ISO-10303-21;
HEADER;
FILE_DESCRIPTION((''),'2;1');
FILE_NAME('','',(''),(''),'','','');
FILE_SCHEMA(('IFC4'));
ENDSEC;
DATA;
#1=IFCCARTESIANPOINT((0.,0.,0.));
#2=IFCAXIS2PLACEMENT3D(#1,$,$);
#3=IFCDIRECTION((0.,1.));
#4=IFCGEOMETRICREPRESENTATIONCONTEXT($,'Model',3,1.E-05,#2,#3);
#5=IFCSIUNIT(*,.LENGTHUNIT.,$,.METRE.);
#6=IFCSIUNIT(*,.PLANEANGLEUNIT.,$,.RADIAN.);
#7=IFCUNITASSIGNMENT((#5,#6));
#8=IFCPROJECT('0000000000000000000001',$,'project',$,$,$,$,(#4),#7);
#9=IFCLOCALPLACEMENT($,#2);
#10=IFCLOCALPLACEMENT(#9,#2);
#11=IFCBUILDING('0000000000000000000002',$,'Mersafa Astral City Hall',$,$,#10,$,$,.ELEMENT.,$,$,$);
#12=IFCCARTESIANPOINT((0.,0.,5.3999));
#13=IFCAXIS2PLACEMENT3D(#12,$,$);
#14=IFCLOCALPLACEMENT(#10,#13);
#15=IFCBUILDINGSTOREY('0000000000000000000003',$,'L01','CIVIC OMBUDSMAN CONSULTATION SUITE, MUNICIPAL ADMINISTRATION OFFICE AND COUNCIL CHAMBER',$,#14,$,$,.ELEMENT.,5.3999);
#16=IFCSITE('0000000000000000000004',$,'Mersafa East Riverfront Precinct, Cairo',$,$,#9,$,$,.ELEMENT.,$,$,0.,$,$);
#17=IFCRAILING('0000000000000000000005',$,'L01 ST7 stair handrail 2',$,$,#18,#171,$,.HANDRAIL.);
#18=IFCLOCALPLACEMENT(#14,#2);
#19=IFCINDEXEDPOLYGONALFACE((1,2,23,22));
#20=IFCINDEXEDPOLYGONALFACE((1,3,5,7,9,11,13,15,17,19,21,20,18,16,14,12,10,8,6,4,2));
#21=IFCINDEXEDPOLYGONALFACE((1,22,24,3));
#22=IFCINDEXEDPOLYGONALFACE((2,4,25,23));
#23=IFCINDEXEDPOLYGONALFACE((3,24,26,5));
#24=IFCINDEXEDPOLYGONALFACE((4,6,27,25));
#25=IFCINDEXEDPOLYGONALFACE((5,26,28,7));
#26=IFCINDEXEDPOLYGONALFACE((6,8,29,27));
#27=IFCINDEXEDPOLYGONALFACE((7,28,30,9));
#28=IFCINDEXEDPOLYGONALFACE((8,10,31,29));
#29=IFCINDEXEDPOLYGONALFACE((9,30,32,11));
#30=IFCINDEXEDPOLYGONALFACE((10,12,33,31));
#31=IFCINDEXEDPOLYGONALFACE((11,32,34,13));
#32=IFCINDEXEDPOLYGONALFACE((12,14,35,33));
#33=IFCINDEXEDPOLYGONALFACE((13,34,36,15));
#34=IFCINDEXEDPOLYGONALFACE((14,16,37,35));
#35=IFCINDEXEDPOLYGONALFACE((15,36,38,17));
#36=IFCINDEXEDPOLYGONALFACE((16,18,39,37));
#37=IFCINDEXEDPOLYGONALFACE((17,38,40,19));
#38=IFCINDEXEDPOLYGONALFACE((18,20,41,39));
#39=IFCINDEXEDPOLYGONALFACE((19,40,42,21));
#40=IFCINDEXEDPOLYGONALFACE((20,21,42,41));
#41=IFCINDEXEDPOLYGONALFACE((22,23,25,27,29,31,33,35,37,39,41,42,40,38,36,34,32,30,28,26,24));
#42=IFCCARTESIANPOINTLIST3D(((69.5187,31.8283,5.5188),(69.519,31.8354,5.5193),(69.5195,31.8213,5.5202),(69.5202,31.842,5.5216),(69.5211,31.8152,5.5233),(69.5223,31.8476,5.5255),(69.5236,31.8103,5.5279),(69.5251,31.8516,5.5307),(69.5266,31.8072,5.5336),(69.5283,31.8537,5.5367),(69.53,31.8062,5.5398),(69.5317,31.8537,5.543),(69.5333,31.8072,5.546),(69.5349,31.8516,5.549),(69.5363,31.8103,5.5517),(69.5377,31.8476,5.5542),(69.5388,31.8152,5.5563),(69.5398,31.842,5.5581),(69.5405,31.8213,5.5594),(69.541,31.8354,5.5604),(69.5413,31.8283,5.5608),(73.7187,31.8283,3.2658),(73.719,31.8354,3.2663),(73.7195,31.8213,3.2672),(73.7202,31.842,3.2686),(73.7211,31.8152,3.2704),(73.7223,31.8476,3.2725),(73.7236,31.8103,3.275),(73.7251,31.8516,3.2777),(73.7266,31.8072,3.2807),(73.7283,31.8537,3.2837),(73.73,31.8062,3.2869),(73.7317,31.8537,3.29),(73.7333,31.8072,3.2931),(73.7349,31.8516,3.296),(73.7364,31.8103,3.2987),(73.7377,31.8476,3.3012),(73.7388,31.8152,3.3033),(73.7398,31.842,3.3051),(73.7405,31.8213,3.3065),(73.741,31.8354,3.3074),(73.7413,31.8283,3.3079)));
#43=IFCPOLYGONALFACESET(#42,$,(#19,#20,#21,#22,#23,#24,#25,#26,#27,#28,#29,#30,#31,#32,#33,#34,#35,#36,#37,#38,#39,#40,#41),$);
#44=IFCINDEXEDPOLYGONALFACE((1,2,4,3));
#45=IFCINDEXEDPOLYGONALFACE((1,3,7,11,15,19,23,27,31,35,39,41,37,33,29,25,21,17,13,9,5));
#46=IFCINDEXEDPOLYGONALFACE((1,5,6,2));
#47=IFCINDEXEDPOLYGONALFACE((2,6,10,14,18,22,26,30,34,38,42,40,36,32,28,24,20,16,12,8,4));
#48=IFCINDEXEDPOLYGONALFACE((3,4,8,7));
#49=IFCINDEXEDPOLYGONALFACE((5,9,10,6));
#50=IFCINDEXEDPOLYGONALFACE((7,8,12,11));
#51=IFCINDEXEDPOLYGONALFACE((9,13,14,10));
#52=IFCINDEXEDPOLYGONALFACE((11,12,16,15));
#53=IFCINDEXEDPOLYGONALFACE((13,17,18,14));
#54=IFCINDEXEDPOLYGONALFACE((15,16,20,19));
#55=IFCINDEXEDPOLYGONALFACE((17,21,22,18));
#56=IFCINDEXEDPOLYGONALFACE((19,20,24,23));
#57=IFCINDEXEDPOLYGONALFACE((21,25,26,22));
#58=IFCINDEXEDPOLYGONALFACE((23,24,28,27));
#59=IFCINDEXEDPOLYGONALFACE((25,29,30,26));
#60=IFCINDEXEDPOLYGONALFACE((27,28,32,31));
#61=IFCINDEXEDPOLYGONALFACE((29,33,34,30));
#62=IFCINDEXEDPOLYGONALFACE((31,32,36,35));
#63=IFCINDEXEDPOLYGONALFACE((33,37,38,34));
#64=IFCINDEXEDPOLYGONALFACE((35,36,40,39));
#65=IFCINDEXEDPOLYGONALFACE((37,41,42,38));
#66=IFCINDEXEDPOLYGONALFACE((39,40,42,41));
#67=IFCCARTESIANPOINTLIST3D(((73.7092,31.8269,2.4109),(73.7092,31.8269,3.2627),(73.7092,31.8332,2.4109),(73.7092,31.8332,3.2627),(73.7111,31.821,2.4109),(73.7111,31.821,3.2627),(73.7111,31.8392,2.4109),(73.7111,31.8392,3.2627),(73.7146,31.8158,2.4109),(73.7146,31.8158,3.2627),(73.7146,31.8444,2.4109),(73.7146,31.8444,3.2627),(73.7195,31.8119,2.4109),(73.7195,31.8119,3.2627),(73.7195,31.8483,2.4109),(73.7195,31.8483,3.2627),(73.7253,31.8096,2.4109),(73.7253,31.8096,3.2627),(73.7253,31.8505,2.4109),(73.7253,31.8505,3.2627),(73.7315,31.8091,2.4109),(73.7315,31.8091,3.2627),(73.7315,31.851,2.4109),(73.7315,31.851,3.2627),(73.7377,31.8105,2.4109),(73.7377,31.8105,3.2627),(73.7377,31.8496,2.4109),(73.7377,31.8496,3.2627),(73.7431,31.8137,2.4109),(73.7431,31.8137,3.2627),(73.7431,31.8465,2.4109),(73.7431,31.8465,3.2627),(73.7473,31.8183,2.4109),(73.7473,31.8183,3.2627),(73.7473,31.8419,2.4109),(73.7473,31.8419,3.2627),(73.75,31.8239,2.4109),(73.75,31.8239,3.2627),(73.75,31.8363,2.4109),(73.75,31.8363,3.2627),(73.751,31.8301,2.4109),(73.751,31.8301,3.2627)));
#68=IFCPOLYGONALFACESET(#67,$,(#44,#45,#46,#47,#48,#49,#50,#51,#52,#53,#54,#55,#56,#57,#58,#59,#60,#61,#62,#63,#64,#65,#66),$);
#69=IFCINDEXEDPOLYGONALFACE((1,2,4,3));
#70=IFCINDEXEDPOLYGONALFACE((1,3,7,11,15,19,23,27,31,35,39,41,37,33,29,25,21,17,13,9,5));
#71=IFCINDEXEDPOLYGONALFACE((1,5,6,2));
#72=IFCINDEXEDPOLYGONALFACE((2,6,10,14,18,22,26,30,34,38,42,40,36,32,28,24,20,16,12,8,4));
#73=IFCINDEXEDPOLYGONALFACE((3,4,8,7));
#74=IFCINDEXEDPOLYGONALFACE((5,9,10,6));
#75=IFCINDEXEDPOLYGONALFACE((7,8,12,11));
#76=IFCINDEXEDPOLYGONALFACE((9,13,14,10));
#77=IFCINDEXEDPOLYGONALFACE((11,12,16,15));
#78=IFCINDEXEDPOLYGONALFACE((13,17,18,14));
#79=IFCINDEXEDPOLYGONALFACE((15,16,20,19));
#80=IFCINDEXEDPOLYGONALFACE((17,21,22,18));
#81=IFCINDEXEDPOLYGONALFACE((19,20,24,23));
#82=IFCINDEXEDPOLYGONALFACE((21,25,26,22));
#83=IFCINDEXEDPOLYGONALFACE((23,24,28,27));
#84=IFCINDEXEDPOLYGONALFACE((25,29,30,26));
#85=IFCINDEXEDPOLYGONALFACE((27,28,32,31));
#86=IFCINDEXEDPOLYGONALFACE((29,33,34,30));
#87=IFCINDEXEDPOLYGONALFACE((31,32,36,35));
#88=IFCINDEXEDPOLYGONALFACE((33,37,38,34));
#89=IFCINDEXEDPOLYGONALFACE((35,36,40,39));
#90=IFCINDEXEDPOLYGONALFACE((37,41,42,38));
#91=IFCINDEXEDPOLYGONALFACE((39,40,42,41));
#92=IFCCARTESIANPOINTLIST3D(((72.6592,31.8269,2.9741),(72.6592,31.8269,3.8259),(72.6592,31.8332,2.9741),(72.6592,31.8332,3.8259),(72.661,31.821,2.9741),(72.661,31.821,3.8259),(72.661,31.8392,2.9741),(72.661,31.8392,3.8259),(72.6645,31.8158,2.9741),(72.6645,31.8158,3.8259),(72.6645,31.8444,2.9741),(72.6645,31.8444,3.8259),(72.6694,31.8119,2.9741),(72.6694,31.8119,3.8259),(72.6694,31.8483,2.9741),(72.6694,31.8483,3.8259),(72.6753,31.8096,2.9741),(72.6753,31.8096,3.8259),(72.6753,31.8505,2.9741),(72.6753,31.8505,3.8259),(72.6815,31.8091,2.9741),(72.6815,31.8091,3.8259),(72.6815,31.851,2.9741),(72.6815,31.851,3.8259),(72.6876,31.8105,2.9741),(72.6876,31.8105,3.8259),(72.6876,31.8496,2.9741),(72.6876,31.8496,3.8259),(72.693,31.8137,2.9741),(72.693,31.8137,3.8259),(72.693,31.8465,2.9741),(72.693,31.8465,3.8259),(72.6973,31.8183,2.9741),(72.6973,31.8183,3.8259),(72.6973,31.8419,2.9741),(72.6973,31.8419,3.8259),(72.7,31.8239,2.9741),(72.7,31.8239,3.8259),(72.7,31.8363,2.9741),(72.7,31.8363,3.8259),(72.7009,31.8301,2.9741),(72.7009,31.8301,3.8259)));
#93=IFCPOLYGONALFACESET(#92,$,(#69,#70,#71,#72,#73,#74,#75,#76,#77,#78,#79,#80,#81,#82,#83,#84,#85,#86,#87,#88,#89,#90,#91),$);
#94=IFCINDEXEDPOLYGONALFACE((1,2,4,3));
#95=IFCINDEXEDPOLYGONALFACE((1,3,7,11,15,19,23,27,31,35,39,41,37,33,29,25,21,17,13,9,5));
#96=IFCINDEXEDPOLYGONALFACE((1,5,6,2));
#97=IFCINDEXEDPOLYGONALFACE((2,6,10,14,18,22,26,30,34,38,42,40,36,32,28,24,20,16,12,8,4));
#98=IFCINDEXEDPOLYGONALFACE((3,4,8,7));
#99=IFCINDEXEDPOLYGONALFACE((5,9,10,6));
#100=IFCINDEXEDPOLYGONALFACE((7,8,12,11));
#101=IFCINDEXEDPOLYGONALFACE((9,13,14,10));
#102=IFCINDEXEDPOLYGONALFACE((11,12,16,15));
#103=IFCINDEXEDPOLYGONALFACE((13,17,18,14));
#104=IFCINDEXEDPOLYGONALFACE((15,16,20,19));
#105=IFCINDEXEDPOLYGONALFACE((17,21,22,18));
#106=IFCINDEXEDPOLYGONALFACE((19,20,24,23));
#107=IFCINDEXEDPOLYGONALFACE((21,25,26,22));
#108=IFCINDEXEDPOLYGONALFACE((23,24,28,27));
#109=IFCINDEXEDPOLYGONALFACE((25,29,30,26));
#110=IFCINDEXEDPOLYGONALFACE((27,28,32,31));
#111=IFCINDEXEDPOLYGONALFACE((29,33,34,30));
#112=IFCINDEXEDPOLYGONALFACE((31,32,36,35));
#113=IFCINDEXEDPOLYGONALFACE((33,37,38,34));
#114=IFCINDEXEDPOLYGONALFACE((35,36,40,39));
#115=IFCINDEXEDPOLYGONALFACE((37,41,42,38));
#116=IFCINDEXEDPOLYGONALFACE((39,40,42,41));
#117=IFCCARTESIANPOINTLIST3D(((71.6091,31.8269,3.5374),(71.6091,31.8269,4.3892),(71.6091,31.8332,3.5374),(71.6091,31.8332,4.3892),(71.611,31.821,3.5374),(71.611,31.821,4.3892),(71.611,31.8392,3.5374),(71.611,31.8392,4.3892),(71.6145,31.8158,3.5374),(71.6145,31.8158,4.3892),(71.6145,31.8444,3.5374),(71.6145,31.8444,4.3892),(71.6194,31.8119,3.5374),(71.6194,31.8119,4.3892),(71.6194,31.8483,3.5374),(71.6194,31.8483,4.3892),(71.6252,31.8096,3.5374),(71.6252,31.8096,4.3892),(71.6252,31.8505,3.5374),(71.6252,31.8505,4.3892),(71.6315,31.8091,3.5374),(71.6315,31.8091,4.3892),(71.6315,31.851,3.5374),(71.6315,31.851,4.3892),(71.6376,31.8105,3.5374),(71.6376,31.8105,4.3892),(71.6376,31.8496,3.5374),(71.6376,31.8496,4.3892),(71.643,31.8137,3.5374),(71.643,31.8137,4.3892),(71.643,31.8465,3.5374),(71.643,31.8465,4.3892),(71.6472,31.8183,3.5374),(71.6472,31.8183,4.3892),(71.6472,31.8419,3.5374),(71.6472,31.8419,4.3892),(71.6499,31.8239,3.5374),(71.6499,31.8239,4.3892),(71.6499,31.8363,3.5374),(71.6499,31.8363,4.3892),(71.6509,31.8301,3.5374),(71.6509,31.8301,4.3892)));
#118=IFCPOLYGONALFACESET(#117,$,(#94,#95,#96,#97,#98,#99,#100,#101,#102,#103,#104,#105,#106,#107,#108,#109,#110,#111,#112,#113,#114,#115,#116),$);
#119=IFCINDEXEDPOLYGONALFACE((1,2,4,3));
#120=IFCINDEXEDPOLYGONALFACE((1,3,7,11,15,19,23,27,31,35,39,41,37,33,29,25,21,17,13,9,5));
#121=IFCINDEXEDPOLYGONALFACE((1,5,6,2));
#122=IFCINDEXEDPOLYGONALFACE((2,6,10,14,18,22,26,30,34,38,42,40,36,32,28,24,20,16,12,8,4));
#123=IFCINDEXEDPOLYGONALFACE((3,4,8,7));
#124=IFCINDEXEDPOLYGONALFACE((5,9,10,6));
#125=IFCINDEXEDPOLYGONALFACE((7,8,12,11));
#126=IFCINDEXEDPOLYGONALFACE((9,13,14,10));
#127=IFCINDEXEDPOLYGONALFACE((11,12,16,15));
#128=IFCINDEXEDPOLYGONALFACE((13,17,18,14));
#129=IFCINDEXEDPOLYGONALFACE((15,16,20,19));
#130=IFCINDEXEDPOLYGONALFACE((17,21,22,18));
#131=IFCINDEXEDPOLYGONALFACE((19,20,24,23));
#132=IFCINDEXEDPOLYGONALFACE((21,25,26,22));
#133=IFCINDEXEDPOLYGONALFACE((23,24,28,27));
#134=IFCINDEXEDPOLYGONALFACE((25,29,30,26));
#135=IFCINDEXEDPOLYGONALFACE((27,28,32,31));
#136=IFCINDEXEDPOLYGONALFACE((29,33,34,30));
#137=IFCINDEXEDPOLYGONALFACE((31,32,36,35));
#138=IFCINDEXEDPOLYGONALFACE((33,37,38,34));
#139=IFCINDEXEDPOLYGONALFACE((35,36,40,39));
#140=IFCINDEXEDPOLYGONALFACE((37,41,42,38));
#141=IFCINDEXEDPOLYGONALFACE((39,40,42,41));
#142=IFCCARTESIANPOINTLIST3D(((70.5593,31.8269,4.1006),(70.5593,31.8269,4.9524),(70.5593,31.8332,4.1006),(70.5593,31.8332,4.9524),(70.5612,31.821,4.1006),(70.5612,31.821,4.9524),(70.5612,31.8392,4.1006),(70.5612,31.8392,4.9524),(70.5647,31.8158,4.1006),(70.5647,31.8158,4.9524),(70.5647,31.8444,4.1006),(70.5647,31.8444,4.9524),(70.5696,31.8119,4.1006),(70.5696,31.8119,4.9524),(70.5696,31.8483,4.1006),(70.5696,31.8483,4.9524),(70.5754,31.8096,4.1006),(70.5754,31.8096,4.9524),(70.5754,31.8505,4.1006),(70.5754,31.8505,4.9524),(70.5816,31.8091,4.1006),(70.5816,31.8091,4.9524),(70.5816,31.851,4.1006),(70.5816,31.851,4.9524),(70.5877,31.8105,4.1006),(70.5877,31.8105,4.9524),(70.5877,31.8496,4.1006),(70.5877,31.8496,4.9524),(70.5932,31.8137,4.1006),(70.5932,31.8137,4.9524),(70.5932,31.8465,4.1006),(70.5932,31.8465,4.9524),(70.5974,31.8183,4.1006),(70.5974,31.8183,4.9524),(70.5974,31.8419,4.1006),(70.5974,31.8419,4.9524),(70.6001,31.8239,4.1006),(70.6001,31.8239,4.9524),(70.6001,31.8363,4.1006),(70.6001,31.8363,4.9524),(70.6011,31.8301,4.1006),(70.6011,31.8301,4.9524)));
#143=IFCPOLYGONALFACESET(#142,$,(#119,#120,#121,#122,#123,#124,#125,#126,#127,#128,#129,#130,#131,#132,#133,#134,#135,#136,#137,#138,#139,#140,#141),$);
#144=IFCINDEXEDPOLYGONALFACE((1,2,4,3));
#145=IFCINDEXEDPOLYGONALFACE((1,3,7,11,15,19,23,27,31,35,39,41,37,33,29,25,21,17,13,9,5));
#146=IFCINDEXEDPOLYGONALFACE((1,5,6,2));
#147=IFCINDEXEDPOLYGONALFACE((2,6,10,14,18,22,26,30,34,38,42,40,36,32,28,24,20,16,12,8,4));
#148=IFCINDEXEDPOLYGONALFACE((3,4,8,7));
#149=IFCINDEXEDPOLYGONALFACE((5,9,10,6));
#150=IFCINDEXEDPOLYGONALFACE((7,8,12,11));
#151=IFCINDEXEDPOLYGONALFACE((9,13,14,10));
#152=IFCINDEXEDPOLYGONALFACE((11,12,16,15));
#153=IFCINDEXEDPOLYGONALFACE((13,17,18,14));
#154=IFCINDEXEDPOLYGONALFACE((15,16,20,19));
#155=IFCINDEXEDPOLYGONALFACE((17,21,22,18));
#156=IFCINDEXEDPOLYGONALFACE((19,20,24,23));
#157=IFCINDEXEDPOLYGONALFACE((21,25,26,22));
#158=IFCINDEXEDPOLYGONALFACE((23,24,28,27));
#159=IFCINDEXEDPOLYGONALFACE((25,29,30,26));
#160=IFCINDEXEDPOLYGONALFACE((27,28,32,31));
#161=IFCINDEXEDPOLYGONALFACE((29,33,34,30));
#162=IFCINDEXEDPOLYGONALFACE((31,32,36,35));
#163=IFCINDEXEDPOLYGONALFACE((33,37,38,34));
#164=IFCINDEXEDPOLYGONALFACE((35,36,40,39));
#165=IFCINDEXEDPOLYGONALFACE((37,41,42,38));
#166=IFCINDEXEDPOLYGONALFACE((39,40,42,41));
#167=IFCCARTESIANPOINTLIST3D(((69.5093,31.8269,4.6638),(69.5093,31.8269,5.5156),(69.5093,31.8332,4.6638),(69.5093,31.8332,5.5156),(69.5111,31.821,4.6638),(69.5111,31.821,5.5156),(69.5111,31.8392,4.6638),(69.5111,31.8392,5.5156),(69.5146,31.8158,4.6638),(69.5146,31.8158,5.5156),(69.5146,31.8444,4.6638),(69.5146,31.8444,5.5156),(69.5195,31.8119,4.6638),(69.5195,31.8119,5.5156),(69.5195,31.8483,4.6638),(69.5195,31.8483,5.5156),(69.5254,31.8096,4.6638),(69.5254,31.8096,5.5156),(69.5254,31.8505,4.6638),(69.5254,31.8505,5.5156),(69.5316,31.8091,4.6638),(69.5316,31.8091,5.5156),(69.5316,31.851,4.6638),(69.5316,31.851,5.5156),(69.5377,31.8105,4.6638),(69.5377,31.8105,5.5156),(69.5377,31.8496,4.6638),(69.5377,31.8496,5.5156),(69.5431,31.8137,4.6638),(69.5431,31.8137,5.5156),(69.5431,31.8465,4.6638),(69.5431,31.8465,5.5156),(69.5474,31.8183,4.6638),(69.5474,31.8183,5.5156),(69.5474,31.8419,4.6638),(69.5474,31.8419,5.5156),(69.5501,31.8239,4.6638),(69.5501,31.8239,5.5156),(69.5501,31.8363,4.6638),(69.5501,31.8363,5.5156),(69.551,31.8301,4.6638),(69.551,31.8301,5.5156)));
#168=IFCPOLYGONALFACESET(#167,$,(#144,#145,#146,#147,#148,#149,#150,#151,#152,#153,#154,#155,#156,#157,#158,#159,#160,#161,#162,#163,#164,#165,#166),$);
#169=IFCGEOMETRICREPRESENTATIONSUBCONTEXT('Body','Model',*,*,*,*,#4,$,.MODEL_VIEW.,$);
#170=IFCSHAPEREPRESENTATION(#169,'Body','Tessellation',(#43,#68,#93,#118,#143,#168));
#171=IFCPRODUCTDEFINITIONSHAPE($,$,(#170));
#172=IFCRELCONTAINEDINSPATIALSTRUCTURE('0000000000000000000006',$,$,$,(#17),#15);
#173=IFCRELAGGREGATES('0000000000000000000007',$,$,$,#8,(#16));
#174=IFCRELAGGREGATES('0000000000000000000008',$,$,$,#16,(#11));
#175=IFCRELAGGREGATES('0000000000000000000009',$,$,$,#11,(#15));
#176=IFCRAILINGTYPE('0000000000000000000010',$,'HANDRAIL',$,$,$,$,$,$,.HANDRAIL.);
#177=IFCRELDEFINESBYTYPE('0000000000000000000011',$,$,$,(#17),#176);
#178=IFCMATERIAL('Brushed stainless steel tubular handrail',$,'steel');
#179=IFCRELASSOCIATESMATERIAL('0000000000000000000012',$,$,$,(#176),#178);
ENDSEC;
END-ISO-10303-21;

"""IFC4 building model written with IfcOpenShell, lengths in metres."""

from ifc_helpers import new_model, si_unit, direction, frame, origin, origin_2d, place, context, subcontext, project, spatial, circle, extrude, material, type_object, element, save


model = new_model("IFC4")

# Units and contexts
model_context = context("Model", 3, precision=1e-05, world=origin(), true_north=direction((0.0, 1.0)))
body_context = subcontext(model_context, "Body", "Model", "MODEL_VIEW")
ifc_project = project(units=[si_unit("LENGTHUNIT", "METRE"), si_unit("PLANEANGLEUNIT", "RADIAN")], contexts=[model_context])

# Site, building, storey
site_placement = place(None, origin())
site = spatial("IfcSite", under=ifc_project, at=site_placement, Name="Mersafa East Riverfront Precinct, Cairo", CompositionType="ELEMENT", RefElevation=0.0)
building_placement = place(site_placement, origin())
building = spatial("IfcBuilding", under=site, at=building_placement, Name="Mersafa Astral City Hall", CompositionType="ELEMENT")
storey_placement = place(building_placement, frame((0.0, 0.0, 5.3999)))
storey = spatial("IfcBuildingStorey", under=building, at=storey_placement, Name="L01", Description="CIVIC OMBUDSMAN CONSULTATION SUITE, MUNICIPAL ADMINISTRATION OFFICE AND COUNCIL CHAMBER", CompositionType="ELEMENT", Elevation=5.3999)

# Railing
ifc_material_1 = material(Name="Brushed stainless steel tubular handrail", Category="steel")
railing_type = type_object("IfcRailingType", Name="HANDRAIL", PredefinedType="HANDRAIL", material=ifc_material_1)
railing_placement = place(storey_placement, frame((73.73, 31.8301, 2.4109)))
element("IfcRailing", 1, at=railing_placement, inside=storey, type_object=railing_type, Name="L01 ST7 stair handrail 2", PredefinedType="HANDRAIL", context=body_context, shape_type="SweptSolid", body=[
    extrude(circle(Radius=0.0239, at=origin_2d()), frame((0.0, 0.0, 0.876), z_axis=(-0.881222, 0.0, 0.472703), x_axis=(0.0, -1.0, 0.0)), (0.0, 0.0, 1.0), 4.7661),
    extrude(circle(Radius=0.021, at=origin_2d()), origin(), (0.0, 0.0, 1.0), 0.8518),
    extrude(circle(Radius=0.021, at=origin_2d()), frame((-1.05, 0.0, 0.5632)), (0.0, 0.0, 1.0), 0.8518),
    extrude(circle(Radius=0.021, at=origin_2d()), frame((-2.1001, 0.0, 1.1265)), (0.0, 0.0, 1.0), 0.8518),
    extrude(circle(Radius=0.021, at=origin_2d()), frame((-3.1499, 0.0, 1.6897)), (0.0, 0.0, 1.0), 0.8518),
    extrude(circle(Radius=0.021, at=origin_2d()), frame((-4.2, 0.0, 2.2529)), (0.0, 0.0, 1.0), 0.8518),
])

save(model, "model.ifc")
